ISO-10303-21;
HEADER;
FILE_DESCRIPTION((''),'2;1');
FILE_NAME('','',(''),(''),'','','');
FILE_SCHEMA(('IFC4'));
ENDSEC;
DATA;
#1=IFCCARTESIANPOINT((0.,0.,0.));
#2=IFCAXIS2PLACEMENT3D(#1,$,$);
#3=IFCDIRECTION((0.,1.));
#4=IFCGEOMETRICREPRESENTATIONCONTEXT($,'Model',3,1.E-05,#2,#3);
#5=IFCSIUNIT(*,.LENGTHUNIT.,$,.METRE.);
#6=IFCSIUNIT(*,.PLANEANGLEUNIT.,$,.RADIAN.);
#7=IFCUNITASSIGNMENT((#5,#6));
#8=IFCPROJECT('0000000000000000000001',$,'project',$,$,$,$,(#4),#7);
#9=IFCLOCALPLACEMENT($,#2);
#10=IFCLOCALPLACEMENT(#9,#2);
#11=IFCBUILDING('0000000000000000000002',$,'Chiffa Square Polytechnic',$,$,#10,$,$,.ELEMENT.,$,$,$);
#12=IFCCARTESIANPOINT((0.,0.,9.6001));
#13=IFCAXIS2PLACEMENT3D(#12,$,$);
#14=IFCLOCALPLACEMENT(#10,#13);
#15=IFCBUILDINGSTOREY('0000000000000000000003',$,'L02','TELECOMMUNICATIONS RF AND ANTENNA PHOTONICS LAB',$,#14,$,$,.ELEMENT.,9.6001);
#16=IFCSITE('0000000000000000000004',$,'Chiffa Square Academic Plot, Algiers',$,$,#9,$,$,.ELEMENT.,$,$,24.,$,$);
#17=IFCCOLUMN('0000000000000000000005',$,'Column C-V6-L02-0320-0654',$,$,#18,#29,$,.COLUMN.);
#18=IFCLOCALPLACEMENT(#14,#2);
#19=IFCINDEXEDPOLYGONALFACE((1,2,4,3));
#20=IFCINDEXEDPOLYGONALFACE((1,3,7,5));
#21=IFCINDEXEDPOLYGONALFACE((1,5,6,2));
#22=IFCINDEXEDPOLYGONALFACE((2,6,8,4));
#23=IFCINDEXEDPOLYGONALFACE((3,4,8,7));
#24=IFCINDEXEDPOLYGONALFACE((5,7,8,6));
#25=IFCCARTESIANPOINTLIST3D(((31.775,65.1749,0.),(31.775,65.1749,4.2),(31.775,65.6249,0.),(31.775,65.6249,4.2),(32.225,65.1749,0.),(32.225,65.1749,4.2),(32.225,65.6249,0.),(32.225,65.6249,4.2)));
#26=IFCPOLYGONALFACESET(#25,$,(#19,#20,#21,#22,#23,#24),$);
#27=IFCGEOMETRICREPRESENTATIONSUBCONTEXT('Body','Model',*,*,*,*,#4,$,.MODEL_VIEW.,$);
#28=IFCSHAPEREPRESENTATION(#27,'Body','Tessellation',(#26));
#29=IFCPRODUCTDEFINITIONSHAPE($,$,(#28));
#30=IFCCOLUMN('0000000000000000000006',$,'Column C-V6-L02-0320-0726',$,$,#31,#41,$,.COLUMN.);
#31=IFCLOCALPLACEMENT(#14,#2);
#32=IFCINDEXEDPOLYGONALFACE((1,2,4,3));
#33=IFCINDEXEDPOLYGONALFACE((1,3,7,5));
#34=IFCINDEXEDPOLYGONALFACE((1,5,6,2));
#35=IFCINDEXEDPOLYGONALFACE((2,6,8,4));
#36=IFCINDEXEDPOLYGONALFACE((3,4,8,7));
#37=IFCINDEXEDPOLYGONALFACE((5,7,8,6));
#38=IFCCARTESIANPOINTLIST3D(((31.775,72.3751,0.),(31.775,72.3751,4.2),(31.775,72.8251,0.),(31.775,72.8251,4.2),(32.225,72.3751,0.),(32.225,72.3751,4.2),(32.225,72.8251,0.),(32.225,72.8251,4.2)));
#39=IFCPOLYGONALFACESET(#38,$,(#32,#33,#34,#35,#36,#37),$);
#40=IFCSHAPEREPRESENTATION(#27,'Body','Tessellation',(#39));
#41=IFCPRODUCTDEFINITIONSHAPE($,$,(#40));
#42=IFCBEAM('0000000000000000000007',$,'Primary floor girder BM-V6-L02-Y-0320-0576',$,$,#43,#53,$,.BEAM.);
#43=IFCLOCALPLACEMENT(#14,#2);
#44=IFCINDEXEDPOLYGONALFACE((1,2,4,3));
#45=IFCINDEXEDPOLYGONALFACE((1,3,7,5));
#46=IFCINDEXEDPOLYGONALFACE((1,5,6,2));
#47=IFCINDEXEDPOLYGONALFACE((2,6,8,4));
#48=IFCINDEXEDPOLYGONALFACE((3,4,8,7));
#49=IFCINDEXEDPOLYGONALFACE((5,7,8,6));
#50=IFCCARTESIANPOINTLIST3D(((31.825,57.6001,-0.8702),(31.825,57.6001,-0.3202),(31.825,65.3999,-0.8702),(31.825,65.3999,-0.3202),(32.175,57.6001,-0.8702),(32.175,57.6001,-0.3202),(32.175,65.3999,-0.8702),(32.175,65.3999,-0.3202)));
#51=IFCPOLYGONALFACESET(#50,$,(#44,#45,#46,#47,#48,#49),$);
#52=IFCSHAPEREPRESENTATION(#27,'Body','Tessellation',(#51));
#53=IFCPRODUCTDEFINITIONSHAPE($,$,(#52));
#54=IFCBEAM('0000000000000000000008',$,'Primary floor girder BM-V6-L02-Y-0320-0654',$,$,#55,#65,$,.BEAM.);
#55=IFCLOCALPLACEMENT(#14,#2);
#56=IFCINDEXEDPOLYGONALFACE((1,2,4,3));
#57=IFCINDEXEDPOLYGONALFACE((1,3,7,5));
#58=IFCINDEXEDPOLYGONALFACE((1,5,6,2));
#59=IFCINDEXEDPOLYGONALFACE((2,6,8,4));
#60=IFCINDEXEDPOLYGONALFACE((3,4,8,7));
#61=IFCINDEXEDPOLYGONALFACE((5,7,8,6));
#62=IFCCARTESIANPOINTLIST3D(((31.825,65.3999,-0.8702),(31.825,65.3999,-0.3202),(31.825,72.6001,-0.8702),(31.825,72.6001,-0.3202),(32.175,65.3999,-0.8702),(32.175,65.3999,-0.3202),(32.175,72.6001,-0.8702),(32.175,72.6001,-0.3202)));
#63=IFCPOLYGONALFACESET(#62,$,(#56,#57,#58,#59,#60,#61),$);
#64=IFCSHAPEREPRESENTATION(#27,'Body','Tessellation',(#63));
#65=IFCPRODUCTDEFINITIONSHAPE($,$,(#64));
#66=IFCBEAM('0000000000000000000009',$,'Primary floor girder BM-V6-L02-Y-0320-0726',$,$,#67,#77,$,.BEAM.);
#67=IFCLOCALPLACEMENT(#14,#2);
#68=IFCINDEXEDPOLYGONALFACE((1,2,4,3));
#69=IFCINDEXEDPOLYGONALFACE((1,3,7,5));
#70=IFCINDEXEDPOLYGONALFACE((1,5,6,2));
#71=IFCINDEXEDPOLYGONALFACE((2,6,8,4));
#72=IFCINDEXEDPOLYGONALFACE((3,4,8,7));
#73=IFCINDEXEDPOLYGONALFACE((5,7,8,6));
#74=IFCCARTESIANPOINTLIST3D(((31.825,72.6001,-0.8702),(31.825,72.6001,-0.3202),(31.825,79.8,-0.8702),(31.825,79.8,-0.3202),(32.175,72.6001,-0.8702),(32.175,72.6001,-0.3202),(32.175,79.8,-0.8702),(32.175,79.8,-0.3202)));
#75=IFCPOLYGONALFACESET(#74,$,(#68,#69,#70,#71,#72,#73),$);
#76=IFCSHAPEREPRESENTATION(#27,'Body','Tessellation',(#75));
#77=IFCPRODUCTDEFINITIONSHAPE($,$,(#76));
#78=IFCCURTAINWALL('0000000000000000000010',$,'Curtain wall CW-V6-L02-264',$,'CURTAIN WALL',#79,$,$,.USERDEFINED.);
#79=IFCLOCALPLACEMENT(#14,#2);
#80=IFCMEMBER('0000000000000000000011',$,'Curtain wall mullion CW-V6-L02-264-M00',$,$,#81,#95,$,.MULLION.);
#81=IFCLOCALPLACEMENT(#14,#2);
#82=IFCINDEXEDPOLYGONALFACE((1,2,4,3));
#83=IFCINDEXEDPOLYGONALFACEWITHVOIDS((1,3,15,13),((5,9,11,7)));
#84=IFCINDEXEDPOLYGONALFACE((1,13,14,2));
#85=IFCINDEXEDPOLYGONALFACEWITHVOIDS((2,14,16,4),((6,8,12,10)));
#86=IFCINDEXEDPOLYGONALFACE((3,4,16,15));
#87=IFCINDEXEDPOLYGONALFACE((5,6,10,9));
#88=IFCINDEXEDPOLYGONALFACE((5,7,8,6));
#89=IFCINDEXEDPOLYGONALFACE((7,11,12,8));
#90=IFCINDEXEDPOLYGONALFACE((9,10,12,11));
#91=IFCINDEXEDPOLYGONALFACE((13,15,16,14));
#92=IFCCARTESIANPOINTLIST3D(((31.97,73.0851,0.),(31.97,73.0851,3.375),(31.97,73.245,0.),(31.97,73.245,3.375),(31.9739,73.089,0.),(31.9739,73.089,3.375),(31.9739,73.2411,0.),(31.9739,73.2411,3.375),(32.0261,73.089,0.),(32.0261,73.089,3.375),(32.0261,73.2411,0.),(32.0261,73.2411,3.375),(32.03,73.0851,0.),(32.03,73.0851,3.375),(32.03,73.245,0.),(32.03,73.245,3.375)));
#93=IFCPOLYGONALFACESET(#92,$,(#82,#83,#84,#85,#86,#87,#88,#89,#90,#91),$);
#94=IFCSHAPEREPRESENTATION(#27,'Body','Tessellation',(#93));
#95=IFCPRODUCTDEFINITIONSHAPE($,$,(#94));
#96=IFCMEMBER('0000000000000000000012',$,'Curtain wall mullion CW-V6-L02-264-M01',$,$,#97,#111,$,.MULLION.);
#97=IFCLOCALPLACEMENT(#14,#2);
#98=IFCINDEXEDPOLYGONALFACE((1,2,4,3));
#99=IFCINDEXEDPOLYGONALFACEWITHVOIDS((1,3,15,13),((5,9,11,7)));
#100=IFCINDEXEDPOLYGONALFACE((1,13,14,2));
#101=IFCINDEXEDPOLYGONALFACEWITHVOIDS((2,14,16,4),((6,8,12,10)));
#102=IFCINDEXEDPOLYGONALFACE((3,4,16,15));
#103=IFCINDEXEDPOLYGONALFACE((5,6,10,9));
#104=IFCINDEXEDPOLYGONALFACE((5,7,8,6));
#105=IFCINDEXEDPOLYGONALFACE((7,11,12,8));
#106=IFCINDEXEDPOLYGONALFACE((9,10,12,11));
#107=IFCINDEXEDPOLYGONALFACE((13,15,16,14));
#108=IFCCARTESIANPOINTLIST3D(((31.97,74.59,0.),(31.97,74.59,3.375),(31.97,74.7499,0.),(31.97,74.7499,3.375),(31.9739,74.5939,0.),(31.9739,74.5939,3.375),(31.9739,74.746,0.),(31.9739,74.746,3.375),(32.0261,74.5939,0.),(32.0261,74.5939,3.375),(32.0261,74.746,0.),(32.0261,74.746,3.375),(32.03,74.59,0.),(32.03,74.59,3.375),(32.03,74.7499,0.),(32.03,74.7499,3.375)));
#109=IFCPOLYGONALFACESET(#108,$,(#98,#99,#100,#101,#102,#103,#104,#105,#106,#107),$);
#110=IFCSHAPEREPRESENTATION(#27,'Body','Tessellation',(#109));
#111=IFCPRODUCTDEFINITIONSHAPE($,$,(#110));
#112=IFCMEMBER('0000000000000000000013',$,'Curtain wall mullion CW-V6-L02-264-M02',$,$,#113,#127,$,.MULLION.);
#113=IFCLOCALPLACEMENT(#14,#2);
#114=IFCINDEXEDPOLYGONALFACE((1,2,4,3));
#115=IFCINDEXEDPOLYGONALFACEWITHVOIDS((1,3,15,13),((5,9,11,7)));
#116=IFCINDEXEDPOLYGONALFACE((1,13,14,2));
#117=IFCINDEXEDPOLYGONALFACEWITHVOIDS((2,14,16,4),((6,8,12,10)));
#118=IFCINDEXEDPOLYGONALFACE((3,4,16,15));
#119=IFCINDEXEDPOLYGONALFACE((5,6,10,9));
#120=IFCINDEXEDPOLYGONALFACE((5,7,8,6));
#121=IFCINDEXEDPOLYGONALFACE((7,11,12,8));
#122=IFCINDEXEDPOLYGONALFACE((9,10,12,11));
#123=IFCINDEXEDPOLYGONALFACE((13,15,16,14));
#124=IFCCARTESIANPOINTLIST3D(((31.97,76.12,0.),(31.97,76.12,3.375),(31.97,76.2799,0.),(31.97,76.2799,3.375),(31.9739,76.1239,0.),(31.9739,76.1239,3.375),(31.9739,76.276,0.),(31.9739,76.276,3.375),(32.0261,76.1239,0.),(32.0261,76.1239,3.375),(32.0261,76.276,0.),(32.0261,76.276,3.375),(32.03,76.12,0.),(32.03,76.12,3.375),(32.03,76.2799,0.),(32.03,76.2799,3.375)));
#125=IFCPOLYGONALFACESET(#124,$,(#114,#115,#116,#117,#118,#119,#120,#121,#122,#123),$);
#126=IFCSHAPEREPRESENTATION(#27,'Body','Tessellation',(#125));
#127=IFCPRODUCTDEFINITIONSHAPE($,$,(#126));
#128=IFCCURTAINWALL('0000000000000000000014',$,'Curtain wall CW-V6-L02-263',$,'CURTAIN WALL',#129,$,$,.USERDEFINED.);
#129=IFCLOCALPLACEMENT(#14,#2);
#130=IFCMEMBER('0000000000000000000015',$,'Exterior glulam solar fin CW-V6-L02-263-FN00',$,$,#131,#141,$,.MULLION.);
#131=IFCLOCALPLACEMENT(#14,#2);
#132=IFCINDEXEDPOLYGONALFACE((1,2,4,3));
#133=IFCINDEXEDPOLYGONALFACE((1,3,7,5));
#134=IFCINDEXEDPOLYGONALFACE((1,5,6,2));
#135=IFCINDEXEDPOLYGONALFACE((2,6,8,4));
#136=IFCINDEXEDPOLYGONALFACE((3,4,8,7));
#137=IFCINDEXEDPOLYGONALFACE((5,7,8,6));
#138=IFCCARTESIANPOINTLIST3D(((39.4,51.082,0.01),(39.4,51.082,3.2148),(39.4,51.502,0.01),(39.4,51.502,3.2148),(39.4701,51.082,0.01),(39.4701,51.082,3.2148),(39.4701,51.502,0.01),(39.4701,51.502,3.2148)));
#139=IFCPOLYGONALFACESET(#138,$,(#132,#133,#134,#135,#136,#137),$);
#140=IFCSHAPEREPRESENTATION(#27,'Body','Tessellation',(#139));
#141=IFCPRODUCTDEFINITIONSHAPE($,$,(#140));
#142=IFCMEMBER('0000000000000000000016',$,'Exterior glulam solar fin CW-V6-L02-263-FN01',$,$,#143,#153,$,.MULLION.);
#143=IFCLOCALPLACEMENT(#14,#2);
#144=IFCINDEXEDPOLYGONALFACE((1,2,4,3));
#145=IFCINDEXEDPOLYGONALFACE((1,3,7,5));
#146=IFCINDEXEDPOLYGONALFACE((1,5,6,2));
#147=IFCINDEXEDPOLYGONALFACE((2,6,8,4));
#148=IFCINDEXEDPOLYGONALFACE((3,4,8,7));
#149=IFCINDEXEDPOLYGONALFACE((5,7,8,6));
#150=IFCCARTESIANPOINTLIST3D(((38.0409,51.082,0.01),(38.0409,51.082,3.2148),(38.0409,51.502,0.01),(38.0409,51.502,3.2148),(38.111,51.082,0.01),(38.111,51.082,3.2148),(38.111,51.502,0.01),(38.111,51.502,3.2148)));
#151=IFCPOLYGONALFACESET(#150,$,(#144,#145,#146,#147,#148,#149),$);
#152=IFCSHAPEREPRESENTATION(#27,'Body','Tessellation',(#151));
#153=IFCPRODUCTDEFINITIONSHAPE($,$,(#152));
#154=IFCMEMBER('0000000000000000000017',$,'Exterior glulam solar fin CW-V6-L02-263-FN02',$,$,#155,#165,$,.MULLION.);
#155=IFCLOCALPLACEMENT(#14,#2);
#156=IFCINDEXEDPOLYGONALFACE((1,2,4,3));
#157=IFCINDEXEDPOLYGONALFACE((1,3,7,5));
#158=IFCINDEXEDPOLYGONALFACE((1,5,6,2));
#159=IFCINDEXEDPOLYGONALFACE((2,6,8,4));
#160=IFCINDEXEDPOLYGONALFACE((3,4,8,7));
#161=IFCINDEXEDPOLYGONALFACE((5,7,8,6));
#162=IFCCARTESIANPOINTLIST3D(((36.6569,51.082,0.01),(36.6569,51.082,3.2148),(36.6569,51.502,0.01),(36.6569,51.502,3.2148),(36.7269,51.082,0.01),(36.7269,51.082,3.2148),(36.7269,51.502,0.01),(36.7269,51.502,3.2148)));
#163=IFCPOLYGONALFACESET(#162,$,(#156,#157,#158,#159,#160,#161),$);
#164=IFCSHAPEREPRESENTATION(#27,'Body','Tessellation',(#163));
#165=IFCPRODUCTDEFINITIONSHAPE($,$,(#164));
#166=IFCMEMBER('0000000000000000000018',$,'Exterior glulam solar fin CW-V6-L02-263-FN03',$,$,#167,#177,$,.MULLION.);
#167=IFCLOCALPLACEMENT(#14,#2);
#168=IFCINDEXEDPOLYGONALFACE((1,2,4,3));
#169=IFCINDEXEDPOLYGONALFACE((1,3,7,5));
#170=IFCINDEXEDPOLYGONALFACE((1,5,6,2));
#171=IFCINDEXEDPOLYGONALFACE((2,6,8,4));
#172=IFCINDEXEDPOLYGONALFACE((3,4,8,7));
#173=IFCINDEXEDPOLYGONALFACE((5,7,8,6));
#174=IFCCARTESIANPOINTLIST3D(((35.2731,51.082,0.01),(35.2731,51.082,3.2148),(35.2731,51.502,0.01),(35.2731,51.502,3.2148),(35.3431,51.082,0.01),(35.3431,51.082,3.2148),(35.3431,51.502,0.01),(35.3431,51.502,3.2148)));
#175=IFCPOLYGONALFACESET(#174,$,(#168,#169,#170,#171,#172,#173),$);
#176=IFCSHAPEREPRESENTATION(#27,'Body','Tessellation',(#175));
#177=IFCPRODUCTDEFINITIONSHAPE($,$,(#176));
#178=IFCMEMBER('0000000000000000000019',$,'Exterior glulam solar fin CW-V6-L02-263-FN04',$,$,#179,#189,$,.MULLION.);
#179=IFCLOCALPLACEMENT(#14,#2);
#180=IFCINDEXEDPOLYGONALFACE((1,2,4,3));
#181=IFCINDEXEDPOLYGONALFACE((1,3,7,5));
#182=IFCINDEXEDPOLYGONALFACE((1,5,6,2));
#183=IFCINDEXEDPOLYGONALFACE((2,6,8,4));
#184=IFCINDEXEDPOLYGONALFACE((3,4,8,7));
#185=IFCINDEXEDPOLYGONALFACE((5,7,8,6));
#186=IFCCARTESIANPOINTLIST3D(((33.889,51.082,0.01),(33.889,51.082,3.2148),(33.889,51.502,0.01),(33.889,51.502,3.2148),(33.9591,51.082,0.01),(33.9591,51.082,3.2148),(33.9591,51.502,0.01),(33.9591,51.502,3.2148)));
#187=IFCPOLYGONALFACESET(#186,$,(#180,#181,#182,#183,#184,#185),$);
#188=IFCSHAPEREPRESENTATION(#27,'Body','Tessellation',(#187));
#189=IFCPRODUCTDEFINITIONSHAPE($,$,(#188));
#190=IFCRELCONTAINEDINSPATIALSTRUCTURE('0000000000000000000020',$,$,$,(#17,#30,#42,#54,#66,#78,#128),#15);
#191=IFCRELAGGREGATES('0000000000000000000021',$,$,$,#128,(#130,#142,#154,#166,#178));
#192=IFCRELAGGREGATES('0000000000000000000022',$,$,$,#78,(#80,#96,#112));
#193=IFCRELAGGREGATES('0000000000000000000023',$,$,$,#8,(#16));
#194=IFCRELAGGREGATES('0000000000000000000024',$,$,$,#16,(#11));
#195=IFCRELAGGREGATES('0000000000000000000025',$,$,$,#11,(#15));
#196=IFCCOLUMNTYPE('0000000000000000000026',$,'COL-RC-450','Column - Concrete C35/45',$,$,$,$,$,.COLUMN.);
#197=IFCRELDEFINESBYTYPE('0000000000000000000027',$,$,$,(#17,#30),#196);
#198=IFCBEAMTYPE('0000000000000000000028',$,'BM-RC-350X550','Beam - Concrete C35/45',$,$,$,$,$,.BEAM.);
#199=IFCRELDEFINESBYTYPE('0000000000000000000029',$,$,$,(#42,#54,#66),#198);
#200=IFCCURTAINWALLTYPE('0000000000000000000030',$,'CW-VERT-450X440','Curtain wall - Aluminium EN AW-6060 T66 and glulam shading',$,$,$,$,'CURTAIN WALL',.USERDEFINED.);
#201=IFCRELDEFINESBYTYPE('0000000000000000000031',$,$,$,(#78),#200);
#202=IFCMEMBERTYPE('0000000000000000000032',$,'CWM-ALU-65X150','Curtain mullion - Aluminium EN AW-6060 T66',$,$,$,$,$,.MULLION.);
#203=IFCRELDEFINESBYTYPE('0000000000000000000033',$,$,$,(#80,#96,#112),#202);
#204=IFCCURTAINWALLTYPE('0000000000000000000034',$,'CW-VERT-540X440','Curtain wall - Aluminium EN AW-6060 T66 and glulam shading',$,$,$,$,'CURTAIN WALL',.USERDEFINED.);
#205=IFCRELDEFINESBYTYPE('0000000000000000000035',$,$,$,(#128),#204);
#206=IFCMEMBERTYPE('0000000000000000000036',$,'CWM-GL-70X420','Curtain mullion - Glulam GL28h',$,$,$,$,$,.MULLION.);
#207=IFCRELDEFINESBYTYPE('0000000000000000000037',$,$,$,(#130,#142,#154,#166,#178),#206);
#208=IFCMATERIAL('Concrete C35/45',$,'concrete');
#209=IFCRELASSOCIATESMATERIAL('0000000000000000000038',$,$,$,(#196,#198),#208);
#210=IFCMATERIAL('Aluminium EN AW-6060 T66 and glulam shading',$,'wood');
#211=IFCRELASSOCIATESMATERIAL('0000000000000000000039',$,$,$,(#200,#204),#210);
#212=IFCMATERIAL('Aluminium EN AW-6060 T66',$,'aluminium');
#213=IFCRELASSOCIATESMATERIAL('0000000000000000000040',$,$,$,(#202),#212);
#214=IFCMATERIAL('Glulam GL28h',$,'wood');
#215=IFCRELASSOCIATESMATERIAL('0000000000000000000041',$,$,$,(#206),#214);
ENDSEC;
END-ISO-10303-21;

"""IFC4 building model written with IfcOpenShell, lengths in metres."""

from ifc_helpers import new_model, si_unit, direction, frame, origin, origin_2d, place, context, subcontext, project, spatial, rectangle, hollow_rectangle, extrude, material, material_profile, profile_set, type_object, element, aggregate, save


model = new_model("IFC4")

# Units and contexts
model_context = context("Model", 3, precision=1e-05, world=origin(), true_north=direction((0.0, 1.0)))
body_context = subcontext(model_context, "Body", "Model", "MODEL_VIEW")
ifc_project = project(units=[si_unit("LENGTHUNIT", "METRE"), si_unit("PLANEANGLEUNIT", "RADIAN")], contexts=[model_context])

# Site, building, storey
site_placement = place(None, origin())
site = spatial("IfcSite", under=ifc_project, at=site_placement, Name="Chiffa Square Academic Plot, Algiers", CompositionType="ELEMENT", RefElevation=24.0)
building_placement = place(site_placement, origin())
building = spatial("IfcBuilding", under=site, at=building_placement, Name="Chiffa Square Polytechnic", CompositionType="ELEMENT")
storey_placement = place(building_placement, frame((0.0, 0.0, 9.6001)))
storey = spatial("IfcBuildingStorey", under=building, at=storey_placement, Name="L02", Description="TELECOMMUNICATIONS RF AND ANTENNA PHOTONICS LAB", CompositionType="ELEMENT", Elevation=9.6001)

# Columns
ifc_material_1 = material(Name="Concrete C35/45", Category="concrete")
ifc_material_profile_1 = material_profile(ifc_material_1, rectangle(XDim=0.45, YDim=0.45, at=origin_2d()), Name="RC 450x450")
ifc_profile_set_1 = profile_set([ifc_material_profile_1], Name="Concrete C35/45")
column_type = type_object("IfcColumnType", Name="COL-RC-450", Description="Column - Concrete C35/45", PredefinedType="COLUMN", material=ifc_profile_set_1)
for number, where, z_axis, x_axis, name in (
    (1, (32.0, 65.3999, 0.0), (0.0, 0.0, 1.0), (1.0, 0.0, 0.0), "Column C-V6-L02-0320-0654"),
    (2, (32.0, 72.6001, 0.0), (0.0, 0.0, 1.0), (1.0, 0.0, 0.0), "Column C-V6-L02-0320-0726"),
):
    element("IfcColumn", number, at=place(storey_placement, frame(where, z_axis=z_axis, x_axis=x_axis)), inside=storey, type_object=column_type, Name=name, PredefinedType="COLUMN", context=body_context, shape_type="SweptSolid", body=[
        extrude(rectangle(XDim=0.45, YDim=0.45, at=origin_2d()), origin(), (0.0, 0.0, 1.0), 4.2),
    ])

# Beams
ifc_material_profile_2 = material_profile(ifc_material_1, rectangle(XDim=0.3501, YDim=0.55, at=origin_2d()), Name="RC 350x550")
ifc_profile_set_2 = profile_set([ifc_material_profile_2], Name="Concrete C35/45")
beam_type = type_object("IfcBeamType", Name="BM-RC-350X550", Description="Beam - Concrete C35/45", PredefinedType="BEAM", material=ifc_profile_set_2)
beam_1_placement = place(storey_placement, frame((32.0, 57.6001, -0.5952), z_axis=(0.0, 1.0, 0.0), x_axis=(-1.0, 0.0, 0.0)))
element("IfcBeam", 3, at=beam_1_placement, inside=storey, type_object=beam_type, Name="Primary floor girder BM-V6-L02-Y-0320-0576", PredefinedType="BEAM", context=body_context, shape_type="SweptSolid", body=[
    extrude(rectangle(XDim=0.3501, YDim=0.55, at=origin_2d()), origin(), (0.0, 0.0, 1.0), 7.7998),
])
beam_2_placement = place(storey_placement, frame((32.0, 65.3999, -0.5952), z_axis=(0.0, 1.0, 0.0), x_axis=(-1.0, 0.0, 0.0)))
element("IfcBeam", 4, at=beam_2_placement, inside=storey, type_object=beam_type, Name="Primary floor girder BM-V6-L02-Y-0320-0654", PredefinedType="BEAM", context=body_context, shape_type="SweptSolid", body=[
    extrude(rectangle(XDim=0.3501, YDim=0.55, at=origin_2d()), origin(), (0.0, 0.0, 1.0), 7.2002),
])
beam_3_placement = place(storey_placement, frame((32.0, 72.6001, -0.5952), z_axis=(0.0, 1.0, 0.0), x_axis=(-1.0, 0.0, 0.0)))
element("IfcBeam", 5, at=beam_3_placement, inside=storey, type_object=beam_type, Name="Primary floor girder BM-V6-L02-Y-0320-0726", PredefinedType="BEAM", context=body_context, shape_type="SweptSolid", body=[
    extrude(rectangle(XDim=0.3501, YDim=0.55, at=origin_2d()), origin(), (0.0, 0.0, 1.0), 7.2),
])

# Curtain walls, members
ifc_material_2 = material(Name="Aluminium EN AW-6060 T66 and glulam shading", Category="wood")
curtain_wall_type_1 = type_object("IfcCurtainWallType", Name="CW-VERT-450X440", Description="Curtain wall - Aluminium EN AW-6060 T66 and glulam shading", ElementType="CURTAIN WALL", PredefinedType="USERDEFINED", material=ifc_material_2)
curtain_wall_1_placement = place(storey_placement, origin())
curtain_wall_1 = element("IfcCurtainWall", 6, at=curtain_wall_1_placement, inside=storey, type_object=curtain_wall_type_1, Name="Curtain wall CW-V6-L02-264", ObjectType="CURTAIN WALL", PredefinedType="USERDEFINED")
ifc_material_3 = material(Name="Aluminium EN AW-6060 T66", Category="aluminium")
ifc_material_profile_3 = material_profile(ifc_material_3, hollow_rectangle(XDim=0.0601, YDim=0.1599, WallThickness=0.0039, at=origin_2d()), Name="ALU 60x160x4")
ifc_profile_set_3 = profile_set([ifc_material_profile_3], Name="Aluminium EN AW-6060 T66")
member_type_1 = type_object("IfcMemberType", Name="CWM-ALU-65X150", Description="Curtain mullion - Aluminium EN AW-6060 T66", PredefinedType="MULLION", material=ifc_profile_set_3)
member_1_placement = place(storey_placement, frame((32.0, 73.165, 0.0), z_axis=(0.0, 0.0, 1.0), x_axis=(1.0, 0.0, 0.0)))
member_1 = element("IfcMember", 7, at=member_1_placement, type_object=member_type_1, Name="Curtain wall mullion CW-V6-L02-264-M00", PredefinedType="MULLION", context=body_context, shape_type="SweptSolid", body=[
    extrude(hollow_rectangle(XDim=0.0601, YDim=0.1599, WallThickness=0.0039, at=origin_2d()), origin(), (0.0, 0.0, 1.0), 3.375),
])
member_2_placement = place(storey_placement, frame((32.0, 74.6699, 0.0), z_axis=(0.0, 0.0, 1.0), x_axis=(1.0, 0.0, 0.0)))
member_2 = element("IfcMember", 8, at=member_2_placement, type_object=member_type_1, Name="Curtain wall mullion CW-V6-L02-264-M01", PredefinedType="MULLION", context=body_context, shape_type="SweptSolid", body=[
    extrude(hollow_rectangle(XDim=0.0601, YDim=0.1599, WallThickness=0.0039, at=origin_2d()), origin(), (0.0, 0.0, 1.0), 3.375),
])
member_3_placement = place(storey_placement, frame((32.0, 76.2, 0.0), z_axis=(0.0, 0.0, 1.0), x_axis=(1.0, 0.0, 0.0)))
member_3 = element("IfcMember", 9, at=member_3_placement, type_object=member_type_1, Name="Curtain wall mullion CW-V6-L02-264-M02", PredefinedType="MULLION", context=body_context, shape_type="SweptSolid", body=[
    extrude(hollow_rectangle(XDim=0.0601, YDim=0.1599, WallThickness=0.0039, at=origin_2d()), origin(), (0.0, 0.0, 1.0), 3.375),
])
curtain_wall_type_2 = type_object("IfcCurtainWallType", Name="CW-VERT-540X440", Description="Curtain wall - Aluminium EN AW-6060 T66 and glulam shading", ElementType="CURTAIN WALL", PredefinedType="USERDEFINED", material=ifc_material_2)
curtain_wall_2_placement = place(storey_placement, origin())
curtain_wall_2 = element("IfcCurtainWall", 10, at=curtain_wall_2_placement, inside=storey, type_object=curtain_wall_type_2, Name="Curtain wall CW-V6-L02-263", ObjectType="CURTAIN WALL", PredefinedType="USERDEFINED")
ifc_material_4 = material(Name="Glulam GL28h", Category="wood")
ifc_material_profile_4 = material_profile(ifc_material_4, rectangle(XDim=0.0701, YDim=0.4199, at=origin_2d()), Name="GL28h 70x420")
ifc_profile_set_4 = profile_set([ifc_material_profile_4], Name="Glulam GL28h")
member_type_2 = type_object("IfcMemberType", Name="CWM-GL-70X420", Description="Curtain mullion - Glulam GL28h", PredefinedType="MULLION", material=ifc_profile_set_4)
member_4_placement = place(storey_placement, frame((39.4351, 51.292, 0.01), z_axis=(0.0, 0.0, 1.0), x_axis=(-1.0, 0.0, 0.0)))
member_4 = element("IfcMember", 11, at=member_4_placement, type_object=member_type_2, Name="Exterior glulam solar fin CW-V6-L02-263-FN00", PredefinedType="MULLION", context=body_context, shape_type="SweptSolid", body=[
    extrude(rectangle(XDim=0.0701, YDim=0.4199, at=origin_2d()), origin(), (0.0, 0.0, 1.0), 3.2048),
])
member_5_placement = place(storey_placement, frame((38.0759, 51.292, 0.01), z_axis=(0.0, 0.0, 1.0), x_axis=(-1.0, 0.0, 0.0)))
member_5 = element("IfcMember", 12, at=member_5_placement, type_object=member_type_2, Name="Exterior glulam solar fin CW-V6-L02-263-FN01", PredefinedType="MULLION", context=body_context, shape_type="SweptSolid", body=[
    extrude(rectangle(XDim=0.0701, YDim=0.4199, at=origin_2d()), origin(), (0.0, 0.0, 1.0), 3.2048),
])
member_6_placement = place(storey_placement, frame((36.6919, 51.292, 0.01), z_axis=(0.0, 0.0, 1.0), x_axis=(-1.0, 0.0, 0.0)))
member_6 = element("IfcMember", 13, at=member_6_placement, type_object=member_type_2, Name="Exterior glulam solar fin CW-V6-L02-263-FN02", PredefinedType="MULLION", context=body_context, shape_type="SweptSolid", body=[
    extrude(rectangle(XDim=0.0701, YDim=0.4199, at=origin_2d()), origin(), (0.0, 0.0, 1.0), 3.2048),
])
member_7_placement = place(storey_placement, frame((35.3081, 51.292, 0.01), z_axis=(0.0, 0.0, 1.0), x_axis=(-1.0, 0.0, 0.0)))
member_7 = element("IfcMember", 14, at=member_7_placement, type_object=member_type_2, Name="Exterior glulam solar fin CW-V6-L02-263-FN03", PredefinedType="MULLION", context=body_context, shape_type="SweptSolid", body=[
    extrude(rectangle(XDim=0.0701, YDim=0.4199, at=origin_2d()), origin(), (0.0, 0.0, 1.0), 3.2048),
])
member_8_placement = place(storey_placement, frame((33.9241, 51.292, 0.01), z_axis=(0.0, 0.0, 1.0), x_axis=(-1.0, 0.0, 0.0)))
member_8 = element("IfcMember", 15, at=member_8_placement, type_object=member_type_2, Name="Exterior glulam solar fin CW-V6-L02-263-FN04", PredefinedType="MULLION", context=body_context, shape_type="SweptSolid", body=[
    extrude(rectangle(XDim=0.0701, YDim=0.4199, at=origin_2d()), origin(), (0.0, 0.0, 1.0), 3.2048),
])

aggregate(curtain_wall_2, [member_4, member_5, member_6, member_7, member_8])

aggregate(curtain_wall_1, [member_1, member_2, member_3])

save(model, "model.ifc")
